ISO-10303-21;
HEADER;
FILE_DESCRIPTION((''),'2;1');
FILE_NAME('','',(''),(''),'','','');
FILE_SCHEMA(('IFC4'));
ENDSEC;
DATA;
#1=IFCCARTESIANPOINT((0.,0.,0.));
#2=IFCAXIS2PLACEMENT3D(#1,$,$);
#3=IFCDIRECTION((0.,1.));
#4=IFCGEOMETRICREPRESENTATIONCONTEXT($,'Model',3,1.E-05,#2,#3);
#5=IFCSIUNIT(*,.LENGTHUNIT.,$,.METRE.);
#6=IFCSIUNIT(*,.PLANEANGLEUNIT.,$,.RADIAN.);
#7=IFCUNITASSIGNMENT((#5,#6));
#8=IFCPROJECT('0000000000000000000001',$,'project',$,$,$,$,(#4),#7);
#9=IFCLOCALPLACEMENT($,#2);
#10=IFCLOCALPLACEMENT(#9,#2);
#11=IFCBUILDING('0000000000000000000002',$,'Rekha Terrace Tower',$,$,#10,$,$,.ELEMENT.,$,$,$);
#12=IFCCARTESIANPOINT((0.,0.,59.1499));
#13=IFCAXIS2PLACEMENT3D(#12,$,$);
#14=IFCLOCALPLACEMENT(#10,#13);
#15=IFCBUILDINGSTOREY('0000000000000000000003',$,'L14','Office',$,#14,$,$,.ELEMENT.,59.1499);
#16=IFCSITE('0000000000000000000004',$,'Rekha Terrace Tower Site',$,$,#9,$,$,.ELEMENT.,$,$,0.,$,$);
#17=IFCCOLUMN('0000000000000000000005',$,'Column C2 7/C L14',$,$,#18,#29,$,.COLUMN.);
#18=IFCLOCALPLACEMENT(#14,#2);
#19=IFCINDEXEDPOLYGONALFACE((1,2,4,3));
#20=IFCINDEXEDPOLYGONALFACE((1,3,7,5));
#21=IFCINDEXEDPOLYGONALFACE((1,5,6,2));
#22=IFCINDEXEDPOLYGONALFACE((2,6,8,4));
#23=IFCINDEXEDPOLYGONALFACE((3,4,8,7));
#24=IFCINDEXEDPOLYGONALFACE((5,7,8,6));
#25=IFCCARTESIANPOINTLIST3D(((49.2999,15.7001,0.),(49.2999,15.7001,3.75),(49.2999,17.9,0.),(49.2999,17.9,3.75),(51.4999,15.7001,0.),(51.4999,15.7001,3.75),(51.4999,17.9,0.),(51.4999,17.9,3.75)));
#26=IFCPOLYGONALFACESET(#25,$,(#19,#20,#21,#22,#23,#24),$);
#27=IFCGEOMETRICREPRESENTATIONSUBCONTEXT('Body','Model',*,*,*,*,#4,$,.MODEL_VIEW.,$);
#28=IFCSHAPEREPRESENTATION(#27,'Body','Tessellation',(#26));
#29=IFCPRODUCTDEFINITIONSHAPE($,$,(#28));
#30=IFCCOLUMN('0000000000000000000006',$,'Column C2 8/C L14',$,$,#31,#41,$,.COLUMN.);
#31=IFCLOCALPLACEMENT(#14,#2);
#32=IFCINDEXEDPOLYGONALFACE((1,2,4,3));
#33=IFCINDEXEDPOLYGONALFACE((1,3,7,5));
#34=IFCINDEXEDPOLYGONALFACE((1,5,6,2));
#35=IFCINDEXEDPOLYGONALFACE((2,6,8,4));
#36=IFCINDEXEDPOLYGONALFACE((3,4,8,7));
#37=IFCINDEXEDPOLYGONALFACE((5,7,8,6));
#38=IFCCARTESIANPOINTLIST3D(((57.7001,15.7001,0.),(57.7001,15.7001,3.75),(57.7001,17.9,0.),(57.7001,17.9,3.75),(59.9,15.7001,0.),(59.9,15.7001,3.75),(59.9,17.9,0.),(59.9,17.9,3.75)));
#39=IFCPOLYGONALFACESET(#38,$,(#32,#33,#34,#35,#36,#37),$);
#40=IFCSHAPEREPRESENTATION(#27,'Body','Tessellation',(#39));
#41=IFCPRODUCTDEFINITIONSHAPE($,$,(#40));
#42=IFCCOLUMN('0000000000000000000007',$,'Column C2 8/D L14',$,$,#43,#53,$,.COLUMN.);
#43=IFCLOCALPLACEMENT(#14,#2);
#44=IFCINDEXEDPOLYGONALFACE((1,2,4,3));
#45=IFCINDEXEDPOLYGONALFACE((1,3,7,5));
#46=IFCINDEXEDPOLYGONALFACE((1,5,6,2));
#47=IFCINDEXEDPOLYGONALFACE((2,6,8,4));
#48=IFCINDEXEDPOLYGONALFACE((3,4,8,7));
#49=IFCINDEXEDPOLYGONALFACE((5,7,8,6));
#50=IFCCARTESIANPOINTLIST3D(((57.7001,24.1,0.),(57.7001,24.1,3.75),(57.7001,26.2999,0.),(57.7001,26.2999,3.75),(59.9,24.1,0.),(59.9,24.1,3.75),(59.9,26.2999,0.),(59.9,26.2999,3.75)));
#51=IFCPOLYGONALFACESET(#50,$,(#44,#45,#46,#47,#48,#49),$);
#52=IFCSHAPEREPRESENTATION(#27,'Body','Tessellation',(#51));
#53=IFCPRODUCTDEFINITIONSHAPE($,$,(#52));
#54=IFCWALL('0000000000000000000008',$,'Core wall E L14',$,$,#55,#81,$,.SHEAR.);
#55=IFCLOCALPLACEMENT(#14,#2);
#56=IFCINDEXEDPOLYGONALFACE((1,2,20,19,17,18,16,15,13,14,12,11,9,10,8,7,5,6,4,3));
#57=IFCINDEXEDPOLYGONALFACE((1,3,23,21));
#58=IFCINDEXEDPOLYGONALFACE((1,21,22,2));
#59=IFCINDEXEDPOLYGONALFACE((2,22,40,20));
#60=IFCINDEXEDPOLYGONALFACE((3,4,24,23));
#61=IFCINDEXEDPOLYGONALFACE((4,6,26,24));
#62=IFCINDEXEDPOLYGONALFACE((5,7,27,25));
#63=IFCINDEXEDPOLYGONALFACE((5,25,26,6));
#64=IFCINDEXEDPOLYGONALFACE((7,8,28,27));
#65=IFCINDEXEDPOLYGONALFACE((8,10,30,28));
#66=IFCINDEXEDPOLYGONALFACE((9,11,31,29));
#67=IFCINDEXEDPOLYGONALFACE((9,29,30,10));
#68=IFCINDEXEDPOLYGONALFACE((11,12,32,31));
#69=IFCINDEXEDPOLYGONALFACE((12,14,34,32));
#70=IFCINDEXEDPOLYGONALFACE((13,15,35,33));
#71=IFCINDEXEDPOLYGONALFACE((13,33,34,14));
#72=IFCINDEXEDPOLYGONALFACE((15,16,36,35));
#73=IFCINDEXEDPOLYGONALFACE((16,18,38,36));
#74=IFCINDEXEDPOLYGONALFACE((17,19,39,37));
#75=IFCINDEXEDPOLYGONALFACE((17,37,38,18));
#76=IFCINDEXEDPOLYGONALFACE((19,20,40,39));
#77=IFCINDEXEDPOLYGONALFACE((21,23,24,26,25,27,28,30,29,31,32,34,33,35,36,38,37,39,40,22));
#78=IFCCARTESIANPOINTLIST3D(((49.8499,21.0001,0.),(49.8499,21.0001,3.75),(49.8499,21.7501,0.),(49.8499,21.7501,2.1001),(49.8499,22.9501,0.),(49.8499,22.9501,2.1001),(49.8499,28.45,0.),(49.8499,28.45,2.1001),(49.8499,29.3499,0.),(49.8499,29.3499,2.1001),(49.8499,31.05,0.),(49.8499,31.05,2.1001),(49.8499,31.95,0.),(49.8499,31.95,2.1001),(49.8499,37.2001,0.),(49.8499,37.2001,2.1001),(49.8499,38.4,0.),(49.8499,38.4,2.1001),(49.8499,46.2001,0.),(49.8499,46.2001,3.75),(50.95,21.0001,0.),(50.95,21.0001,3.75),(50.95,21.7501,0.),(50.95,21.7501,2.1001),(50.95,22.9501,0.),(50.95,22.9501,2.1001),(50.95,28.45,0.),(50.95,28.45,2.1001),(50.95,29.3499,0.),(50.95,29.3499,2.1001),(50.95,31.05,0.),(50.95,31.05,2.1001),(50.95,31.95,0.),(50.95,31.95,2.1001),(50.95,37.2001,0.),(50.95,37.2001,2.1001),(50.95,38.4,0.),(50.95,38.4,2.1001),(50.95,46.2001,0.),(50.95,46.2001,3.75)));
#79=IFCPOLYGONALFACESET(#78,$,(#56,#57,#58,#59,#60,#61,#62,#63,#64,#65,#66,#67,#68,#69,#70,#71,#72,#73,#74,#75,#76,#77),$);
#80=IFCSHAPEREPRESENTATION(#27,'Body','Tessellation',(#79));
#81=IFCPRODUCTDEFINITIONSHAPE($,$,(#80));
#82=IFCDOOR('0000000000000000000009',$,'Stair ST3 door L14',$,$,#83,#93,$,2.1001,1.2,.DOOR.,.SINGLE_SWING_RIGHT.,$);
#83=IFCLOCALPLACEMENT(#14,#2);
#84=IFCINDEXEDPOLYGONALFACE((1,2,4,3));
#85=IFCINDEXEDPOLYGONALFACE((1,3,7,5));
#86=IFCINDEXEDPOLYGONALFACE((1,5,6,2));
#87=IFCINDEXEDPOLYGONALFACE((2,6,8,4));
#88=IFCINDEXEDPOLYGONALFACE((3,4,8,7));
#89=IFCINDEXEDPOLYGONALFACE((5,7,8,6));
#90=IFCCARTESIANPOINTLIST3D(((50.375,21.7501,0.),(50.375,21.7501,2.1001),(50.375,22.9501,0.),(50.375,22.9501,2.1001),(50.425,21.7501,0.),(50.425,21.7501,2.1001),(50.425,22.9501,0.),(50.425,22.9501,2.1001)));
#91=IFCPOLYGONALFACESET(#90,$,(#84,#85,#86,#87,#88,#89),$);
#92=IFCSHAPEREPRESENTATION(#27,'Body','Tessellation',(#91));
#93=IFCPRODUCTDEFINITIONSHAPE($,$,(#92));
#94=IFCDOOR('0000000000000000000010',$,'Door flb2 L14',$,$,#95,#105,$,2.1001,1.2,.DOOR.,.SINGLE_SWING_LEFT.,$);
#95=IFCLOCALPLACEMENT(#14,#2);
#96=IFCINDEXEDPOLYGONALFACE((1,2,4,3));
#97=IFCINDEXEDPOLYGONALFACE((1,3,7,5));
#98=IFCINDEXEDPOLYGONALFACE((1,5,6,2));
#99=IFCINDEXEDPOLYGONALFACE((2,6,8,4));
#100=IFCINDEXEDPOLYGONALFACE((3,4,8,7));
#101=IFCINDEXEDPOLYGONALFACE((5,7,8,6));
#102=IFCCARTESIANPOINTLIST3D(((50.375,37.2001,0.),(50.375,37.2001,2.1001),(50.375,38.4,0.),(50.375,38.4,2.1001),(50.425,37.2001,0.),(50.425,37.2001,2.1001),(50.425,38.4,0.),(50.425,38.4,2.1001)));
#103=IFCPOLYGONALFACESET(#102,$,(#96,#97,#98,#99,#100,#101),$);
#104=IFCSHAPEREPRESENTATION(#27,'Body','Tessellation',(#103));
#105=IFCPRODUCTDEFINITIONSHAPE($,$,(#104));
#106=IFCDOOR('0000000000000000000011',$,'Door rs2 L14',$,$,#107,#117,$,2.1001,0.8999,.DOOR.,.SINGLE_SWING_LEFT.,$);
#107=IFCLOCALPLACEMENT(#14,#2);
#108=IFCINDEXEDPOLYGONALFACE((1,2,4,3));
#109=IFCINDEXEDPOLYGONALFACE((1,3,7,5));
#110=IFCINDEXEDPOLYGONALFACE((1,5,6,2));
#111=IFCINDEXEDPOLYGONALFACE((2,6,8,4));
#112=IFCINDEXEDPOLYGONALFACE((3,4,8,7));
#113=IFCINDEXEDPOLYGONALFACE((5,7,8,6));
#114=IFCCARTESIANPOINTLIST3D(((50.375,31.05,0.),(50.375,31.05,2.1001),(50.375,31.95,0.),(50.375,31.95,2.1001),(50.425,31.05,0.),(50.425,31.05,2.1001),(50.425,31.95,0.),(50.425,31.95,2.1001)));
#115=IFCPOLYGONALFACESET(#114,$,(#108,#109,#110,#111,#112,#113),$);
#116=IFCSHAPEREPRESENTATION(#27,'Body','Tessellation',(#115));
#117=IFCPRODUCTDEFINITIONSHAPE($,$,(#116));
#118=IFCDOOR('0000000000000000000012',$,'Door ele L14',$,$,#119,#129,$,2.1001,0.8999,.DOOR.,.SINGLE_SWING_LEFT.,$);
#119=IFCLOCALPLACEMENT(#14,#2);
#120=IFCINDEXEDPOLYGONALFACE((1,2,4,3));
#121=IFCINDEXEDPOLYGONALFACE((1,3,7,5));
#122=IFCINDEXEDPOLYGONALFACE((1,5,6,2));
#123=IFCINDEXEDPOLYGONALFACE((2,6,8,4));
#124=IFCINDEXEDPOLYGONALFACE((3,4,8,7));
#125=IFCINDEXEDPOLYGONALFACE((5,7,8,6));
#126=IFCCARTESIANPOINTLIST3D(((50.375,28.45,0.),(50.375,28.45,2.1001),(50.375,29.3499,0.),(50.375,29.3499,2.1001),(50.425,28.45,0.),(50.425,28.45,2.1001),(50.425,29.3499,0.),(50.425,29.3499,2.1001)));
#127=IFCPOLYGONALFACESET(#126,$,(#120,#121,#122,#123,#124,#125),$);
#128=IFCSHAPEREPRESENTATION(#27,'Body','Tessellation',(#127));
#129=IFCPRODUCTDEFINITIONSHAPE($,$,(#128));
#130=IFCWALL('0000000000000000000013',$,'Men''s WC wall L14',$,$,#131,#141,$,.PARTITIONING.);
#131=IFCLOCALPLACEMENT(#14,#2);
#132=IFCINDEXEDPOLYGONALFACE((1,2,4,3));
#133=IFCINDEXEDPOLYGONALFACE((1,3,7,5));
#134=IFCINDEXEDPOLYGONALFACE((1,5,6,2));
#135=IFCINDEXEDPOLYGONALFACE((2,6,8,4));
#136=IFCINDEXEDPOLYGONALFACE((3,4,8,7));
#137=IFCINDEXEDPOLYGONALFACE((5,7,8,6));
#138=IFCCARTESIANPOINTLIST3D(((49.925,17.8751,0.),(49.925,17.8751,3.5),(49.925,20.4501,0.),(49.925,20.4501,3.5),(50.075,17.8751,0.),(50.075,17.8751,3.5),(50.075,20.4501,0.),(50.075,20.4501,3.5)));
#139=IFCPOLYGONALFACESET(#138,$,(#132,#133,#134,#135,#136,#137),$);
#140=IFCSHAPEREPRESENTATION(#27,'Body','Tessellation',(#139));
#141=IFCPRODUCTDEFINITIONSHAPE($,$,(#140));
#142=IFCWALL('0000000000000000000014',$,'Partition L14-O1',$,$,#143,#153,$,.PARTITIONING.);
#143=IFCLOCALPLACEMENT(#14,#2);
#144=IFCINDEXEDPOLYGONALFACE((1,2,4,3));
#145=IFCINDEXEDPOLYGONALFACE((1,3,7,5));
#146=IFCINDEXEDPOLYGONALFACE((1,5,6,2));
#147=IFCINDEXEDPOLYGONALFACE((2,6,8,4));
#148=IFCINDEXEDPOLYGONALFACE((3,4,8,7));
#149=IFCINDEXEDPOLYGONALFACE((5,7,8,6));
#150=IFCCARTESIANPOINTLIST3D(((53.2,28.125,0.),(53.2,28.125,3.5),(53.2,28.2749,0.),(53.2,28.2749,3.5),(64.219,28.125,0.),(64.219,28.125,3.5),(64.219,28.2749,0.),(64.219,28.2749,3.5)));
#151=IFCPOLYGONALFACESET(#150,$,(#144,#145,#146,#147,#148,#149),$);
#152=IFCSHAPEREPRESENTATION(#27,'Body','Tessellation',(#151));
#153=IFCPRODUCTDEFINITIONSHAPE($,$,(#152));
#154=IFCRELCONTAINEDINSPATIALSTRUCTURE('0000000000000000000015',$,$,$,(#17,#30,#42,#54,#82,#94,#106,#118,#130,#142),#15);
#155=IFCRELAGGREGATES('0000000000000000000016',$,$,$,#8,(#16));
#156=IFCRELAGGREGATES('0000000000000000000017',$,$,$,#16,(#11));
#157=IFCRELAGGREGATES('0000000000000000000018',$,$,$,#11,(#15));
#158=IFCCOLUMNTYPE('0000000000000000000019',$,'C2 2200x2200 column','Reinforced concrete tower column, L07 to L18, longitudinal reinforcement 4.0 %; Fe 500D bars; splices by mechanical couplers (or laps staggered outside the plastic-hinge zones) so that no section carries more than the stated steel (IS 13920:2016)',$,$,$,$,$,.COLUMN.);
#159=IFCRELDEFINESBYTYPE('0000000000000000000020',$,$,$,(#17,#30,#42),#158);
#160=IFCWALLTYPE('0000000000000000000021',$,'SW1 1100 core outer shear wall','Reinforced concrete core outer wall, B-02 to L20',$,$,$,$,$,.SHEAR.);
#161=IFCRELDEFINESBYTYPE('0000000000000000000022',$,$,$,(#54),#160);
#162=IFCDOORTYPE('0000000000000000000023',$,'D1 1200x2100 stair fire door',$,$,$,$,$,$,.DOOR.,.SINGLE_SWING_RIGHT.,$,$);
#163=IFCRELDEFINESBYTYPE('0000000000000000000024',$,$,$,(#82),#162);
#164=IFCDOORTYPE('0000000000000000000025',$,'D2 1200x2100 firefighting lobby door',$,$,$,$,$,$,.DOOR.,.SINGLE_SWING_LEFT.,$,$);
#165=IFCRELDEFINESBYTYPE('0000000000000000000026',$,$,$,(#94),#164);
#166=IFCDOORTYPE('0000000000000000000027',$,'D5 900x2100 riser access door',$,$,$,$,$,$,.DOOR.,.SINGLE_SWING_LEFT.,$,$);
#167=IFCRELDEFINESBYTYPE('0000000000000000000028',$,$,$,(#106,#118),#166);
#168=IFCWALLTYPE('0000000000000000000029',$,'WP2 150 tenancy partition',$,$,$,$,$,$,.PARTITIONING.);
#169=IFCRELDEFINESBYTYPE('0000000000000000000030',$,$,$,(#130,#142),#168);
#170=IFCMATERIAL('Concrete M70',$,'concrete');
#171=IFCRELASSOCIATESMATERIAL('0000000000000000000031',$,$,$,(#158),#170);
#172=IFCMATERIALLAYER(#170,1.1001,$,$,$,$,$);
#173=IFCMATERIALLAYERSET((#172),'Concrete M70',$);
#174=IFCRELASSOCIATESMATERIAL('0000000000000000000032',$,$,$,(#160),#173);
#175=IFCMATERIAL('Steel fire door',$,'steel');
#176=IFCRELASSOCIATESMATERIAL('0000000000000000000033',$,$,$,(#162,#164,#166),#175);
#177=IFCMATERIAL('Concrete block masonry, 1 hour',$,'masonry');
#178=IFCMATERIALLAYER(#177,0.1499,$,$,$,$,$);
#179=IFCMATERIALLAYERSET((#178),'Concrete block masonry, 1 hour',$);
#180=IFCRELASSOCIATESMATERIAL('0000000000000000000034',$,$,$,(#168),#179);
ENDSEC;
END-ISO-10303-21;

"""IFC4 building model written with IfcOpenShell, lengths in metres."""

from ifc_helpers import new_model, si_unit, direction, frame, frame_2d, origin, origin_2d, place, context, subcontext, project, spatial, rectangle, extrude, material, layer, layer_set, material_profile, profile_set, type_object, element, fill, save


model = new_model("IFC4")

# Units and contexts
model_context = context("Model", 3, precision=1e-05, world=origin(), true_north=direction((0.0, 1.0)))
body_context = subcontext(model_context, "Body", "Model", "MODEL_VIEW")
ifc_project = project(units=[si_unit("LENGTHUNIT", "METRE"), si_unit("PLANEANGLEUNIT", "RADIAN")], contexts=[model_context])

# Site, building, storey
site_placement = place(None, origin())
site = spatial("IfcSite", under=ifc_project, at=site_placement, Name="Rekha Terrace Tower Site", CompositionType="ELEMENT", RefElevation=0.0)
building_placement = place(site_placement, origin())
building = spatial("IfcBuilding", under=site, at=building_placement, Name="Rekha Terrace Tower", CompositionType="ELEMENT")
storey_placement = place(building_placement, frame((0.0, 0.0, 59.1499)))
storey = spatial("IfcBuildingStorey", under=building, at=storey_placement, Name="L14", Description="Office", CompositionType="ELEMENT", Elevation=59.1499)

# Columns
ifc_material_1 = material(Name="Concrete M70", Category="concrete")
ifc_material_profile = material_profile(ifc_material_1, rectangle(XDim=2.2, YDim=2.2, at=origin_2d()), Name="RC 2200x2200")
ifc_profile_set = profile_set([ifc_material_profile], Name="Concrete M70")
column_type = type_object("IfcColumnType", Name="C2 2200x2200 column", Description="Reinforced concrete tower column, L07 to L18, longitudinal reinforcement 4.0 %; Fe 500D bars; splices by mechanical couplers (or laps staggered outside the plastic-hinge zones) so that no section carries more than the stated steel (IS 13920:2016)", PredefinedType="COLUMN", material=ifc_profile_set)
for number, where, z_axis, x_axis, name in (
    (1, (50.3999, 16.8, 0.0), (0.0, 0.0, 1.0), (1.0, 0.0, 0.0), "Column C2 7/C L14"),
    (2, (58.8, 16.8, 0.0), (0.0, 0.0, 1.0), (1.0, 0.0, 0.0), "Column C2 8/C L14"),
    (3, (58.8, 25.2, 0.0), (0.0, 0.0, 1.0), (1.0, 0.0, 0.0), "Column C2 8/D L14"),
):
    element("IfcColumn", number, at=place(storey_placement, frame(where, z_axis=z_axis, x_axis=x_axis)), inside=storey, type_object=column_type, Name=name, PredefinedType="COLUMN", context=body_context, shape_type="SweptSolid", body=[
        extrude(rectangle(XDim=2.2, YDim=2.2, at=origin_2d()), origin(), (0.0, 0.0, 1.0), 3.75),
    ])

# Wall, openings, doors
ifc_layer_1 = layer(ifc_material_1, 1.1001)
ifc_layer_set_1 = layer_set([ifc_layer_1], Name="Concrete M70")
wall_type_1 = type_object("IfcWallType", Name="SW1 1100 core outer shear wall", Description="Reinforced concrete core outer wall, B-02 to L20", PredefinedType="SHEAR", material=ifc_layer_set_1)
wall_1_placement = place(storey_placement, frame((50.3999, 21.0, 0.0), z_axis=(0.0, 0.0, 1.0), x_axis=(0.0, 1.0, 0.0)))
wall_1 = element("IfcWall", 4, at=wall_1_placement, inside=storey, type_object=wall_type_1, Name="Core wall E L14", PredefinedType="SHEAR", context=body_context, shape_type="SweptSolid", body=[
    extrude(rectangle(XDim=25.2, YDim=1.1001, at=frame_2d((12.6001, 0.0))), origin(), (0.0, 0.0, 1.0), 3.75),
])
opening_1_placement = place(wall_1_placement, frame((16.2, 0.0, 0.0)))
opening_1 = element("IfcOpeningElement", 5, at=opening_1_placement, cuts=wall_1, PredefinedType="OPENING", context=body_context, shape_type="SweptSolid", body=[
    extrude(rectangle(XDim=1.2, YDim=2.1001, at=frame_2d((0.6001, 1.05))), frame((0.0, 0.5601, 0.0), z_axis=(0.0, -1.0, 0.0), x_axis=(1.0, 0.0, 0.0)), (0.0, 0.0, 1.0), 1.1201),
])
opening_2_placement = place(wall_1_placement, frame((10.05, 0.0, 0.0)))
opening_2 = element("IfcOpeningElement", 6, at=opening_2_placement, cuts=wall_1, PredefinedType="OPENING", context=body_context, shape_type="SweptSolid", body=[
    extrude(rectangle(XDim=0.8999, YDim=2.1001, at=frame_2d((0.45, 1.05))), frame((0.0, 0.5601, 0.0), z_axis=(0.0, -1.0, 0.0), x_axis=(1.0, 0.0, 0.0)), (0.0, 0.0, 1.0), 1.1201),
])
opening_3_placement = place(wall_1_placement, frame((7.45, 0.0, 0.0)))
opening_3 = element("IfcOpeningElement", 7, at=opening_3_placement, cuts=wall_1, PredefinedType="OPENING", context=body_context, shape_type="SweptSolid", body=[
    extrude(rectangle(XDim=0.8999, YDim=2.1001, at=frame_2d((0.45, 1.05))), frame((0.0, 0.5601, 0.0), z_axis=(0.0, -1.0, 0.0), x_axis=(1.0, 0.0, 0.0)), (0.0, 0.0, 1.0), 1.1201),
])
opening_4_placement = place(wall_1_placement, frame((0.75, 0.0, 0.0)))
opening_4 = element("IfcOpeningElement", 8, at=opening_4_placement, cuts=wall_1, PredefinedType="OPENING", context=body_context, shape_type="SweptSolid", body=[
    extrude(rectangle(XDim=1.2, YDim=2.1001, at=frame_2d((0.6001, 1.05))), frame((0.0, 0.5601, 0.0), z_axis=(0.0, -1.0, 0.0), x_axis=(1.0, 0.0, 0.0)), (0.0, 0.0, 1.0), 1.1201),
])
ifc_material_2 = material(Name="Steel fire door", Category="steel")
door_type_1 = type_object("IfcDoorType", Name="D1 1200x2100 stair fire door", OperationType="SINGLE_SWING_RIGHT", PredefinedType="DOOR", material=ifc_material_2)
door_1_placement = place(opening_4_placement, origin())
door_1 = element("IfcDoor", 9, at=door_1_placement, inside=storey, type_object=door_type_1, Name="Stair ST3 door L14", OperationType="SINGLE_SWING_RIGHT", OverallHeight=2.1001, OverallWidth=1.2, PredefinedType="DOOR", context=body_context, shape_type="SweptSolid", body=[
    extrude(rectangle(XDim=1.2, YDim=2.1001, at=frame_2d((0.6001, 1.05))), frame((0.0, 0.0249, 0.0), z_axis=(0.0, -1.0, 0.0), x_axis=(1.0, 0.0, 0.0)), (0.0, 0.0, 1.0), 0.05),
])
fill(opening_4, door_1)
door_type_2 = type_object("IfcDoorType", Name="D2 1200x2100 firefighting lobby door", OperationType="SINGLE_SWING_LEFT", PredefinedType="DOOR", material=ifc_material_2)
door_2_placement = place(opening_1_placement, origin())
door_2 = element("IfcDoor", 10, at=door_2_placement, inside=storey, type_object=door_type_2, Name="Door flb2 L14", OperationType="SINGLE_SWING_LEFT", OverallHeight=2.1001, OverallWidth=1.2, PredefinedType="DOOR", context=body_context, shape_type="SweptSolid", body=[
    extrude(rectangle(XDim=1.2, YDim=2.1001, at=frame_2d((0.6001, 1.05))), frame((0.0, 0.0249, 0.0), z_axis=(0.0, -1.0, 0.0), x_axis=(1.0, 0.0, 0.0)), (0.0, 0.0, 1.0), 0.05),
])
fill(opening_1, door_2)
door_type_3 = type_object("IfcDoorType", Name="D5 900x2100 riser access door", OperationType="SINGLE_SWING_LEFT", PredefinedType="DOOR", material=ifc_material_2)
door_3_placement = place(opening_2_placement, origin())
door_3 = element("IfcDoor", 11, at=door_3_placement, inside=storey, type_object=door_type_3, Name="Door rs2 L14", OperationType="SINGLE_SWING_LEFT", OverallHeight=2.1001, OverallWidth=0.8999, PredefinedType="DOOR", context=body_context, shape_type="SweptSolid", body=[
    extrude(rectangle(XDim=0.8999, YDim=2.1001, at=frame_2d((0.45, 1.05))), frame((0.0, 0.0249, 0.0), z_axis=(0.0, -1.0, 0.0), x_axis=(1.0, 0.0, 0.0)), (0.0, 0.0, 1.0), 0.05),
])
fill(opening_2, door_3)
door_4_placement = place(opening_3_placement, origin())
door_4 = element("IfcDoor", 12, at=door_4_placement, inside=storey, type_object=door_type_3, Name="Door ele L14", OperationType="SINGLE_SWING_LEFT", OverallHeight=2.1001, OverallWidth=0.8999, PredefinedType="DOOR", context=body_context, shape_type="SweptSolid", body=[
    extrude(rectangle(XDim=0.8999, YDim=2.1001, at=frame_2d((0.45, 1.05))), frame((0.0, 0.0249, 0.0), z_axis=(0.0, -1.0, 0.0), x_axis=(1.0, 0.0, 0.0)), (0.0, 0.0, 1.0), 0.05),
])
fill(opening_3, door_4)

# Walls
ifc_material_3 = material(Name="Concrete block masonry, 1 hour", Category="masonry")
ifc_layer_2 = layer(ifc_material_3, 0.1499)
ifc_layer_set_2 = layer_set([ifc_layer_2], Name="Concrete block masonry, 1 hour")
wall_type_2 = type_object("IfcWallType", Name="WP2 150 tenancy partition", PredefinedType="PARTITIONING", material=ifc_layer_set_2)
wall_2_placement = place(storey_placement, frame((50.0, 17.875, 0.0), z_axis=(0.0, 0.0, 1.0), x_axis=(0.0, 1.0, 0.0)))
element("IfcWall", 13, at=wall_2_placement, inside=storey, type_object=wall_type_2, Name="Men's WC wall L14", PredefinedType="PARTITIONING", context=body_context, shape_type="SweptSolid", body=[
    extrude(rectangle(XDim=2.575, YDim=0.1499, at=frame_2d((1.2876, 0.0))), origin(), (0.0, 0.0, 1.0), 3.5),
])
wall_3_placement = place(storey_placement, frame((53.2, 28.2, 0.0), z_axis=(0.0, 0.0, 1.0), x_axis=(1.0, 0.0, 0.0)))
element("IfcWall", 14, at=wall_3_placement, inside=storey, type_object=wall_type_2, Name="Partition L14-O1", PredefinedType="PARTITIONING", context=body_context, shape_type="SweptSolid", body=[
    extrude(rectangle(XDim=11.019, YDim=0.1499, at=frame_2d((5.5095, 0.0))), origin(), (0.0, 0.0, 1.0), 3.5),
])

save(model, "model.ifc")
